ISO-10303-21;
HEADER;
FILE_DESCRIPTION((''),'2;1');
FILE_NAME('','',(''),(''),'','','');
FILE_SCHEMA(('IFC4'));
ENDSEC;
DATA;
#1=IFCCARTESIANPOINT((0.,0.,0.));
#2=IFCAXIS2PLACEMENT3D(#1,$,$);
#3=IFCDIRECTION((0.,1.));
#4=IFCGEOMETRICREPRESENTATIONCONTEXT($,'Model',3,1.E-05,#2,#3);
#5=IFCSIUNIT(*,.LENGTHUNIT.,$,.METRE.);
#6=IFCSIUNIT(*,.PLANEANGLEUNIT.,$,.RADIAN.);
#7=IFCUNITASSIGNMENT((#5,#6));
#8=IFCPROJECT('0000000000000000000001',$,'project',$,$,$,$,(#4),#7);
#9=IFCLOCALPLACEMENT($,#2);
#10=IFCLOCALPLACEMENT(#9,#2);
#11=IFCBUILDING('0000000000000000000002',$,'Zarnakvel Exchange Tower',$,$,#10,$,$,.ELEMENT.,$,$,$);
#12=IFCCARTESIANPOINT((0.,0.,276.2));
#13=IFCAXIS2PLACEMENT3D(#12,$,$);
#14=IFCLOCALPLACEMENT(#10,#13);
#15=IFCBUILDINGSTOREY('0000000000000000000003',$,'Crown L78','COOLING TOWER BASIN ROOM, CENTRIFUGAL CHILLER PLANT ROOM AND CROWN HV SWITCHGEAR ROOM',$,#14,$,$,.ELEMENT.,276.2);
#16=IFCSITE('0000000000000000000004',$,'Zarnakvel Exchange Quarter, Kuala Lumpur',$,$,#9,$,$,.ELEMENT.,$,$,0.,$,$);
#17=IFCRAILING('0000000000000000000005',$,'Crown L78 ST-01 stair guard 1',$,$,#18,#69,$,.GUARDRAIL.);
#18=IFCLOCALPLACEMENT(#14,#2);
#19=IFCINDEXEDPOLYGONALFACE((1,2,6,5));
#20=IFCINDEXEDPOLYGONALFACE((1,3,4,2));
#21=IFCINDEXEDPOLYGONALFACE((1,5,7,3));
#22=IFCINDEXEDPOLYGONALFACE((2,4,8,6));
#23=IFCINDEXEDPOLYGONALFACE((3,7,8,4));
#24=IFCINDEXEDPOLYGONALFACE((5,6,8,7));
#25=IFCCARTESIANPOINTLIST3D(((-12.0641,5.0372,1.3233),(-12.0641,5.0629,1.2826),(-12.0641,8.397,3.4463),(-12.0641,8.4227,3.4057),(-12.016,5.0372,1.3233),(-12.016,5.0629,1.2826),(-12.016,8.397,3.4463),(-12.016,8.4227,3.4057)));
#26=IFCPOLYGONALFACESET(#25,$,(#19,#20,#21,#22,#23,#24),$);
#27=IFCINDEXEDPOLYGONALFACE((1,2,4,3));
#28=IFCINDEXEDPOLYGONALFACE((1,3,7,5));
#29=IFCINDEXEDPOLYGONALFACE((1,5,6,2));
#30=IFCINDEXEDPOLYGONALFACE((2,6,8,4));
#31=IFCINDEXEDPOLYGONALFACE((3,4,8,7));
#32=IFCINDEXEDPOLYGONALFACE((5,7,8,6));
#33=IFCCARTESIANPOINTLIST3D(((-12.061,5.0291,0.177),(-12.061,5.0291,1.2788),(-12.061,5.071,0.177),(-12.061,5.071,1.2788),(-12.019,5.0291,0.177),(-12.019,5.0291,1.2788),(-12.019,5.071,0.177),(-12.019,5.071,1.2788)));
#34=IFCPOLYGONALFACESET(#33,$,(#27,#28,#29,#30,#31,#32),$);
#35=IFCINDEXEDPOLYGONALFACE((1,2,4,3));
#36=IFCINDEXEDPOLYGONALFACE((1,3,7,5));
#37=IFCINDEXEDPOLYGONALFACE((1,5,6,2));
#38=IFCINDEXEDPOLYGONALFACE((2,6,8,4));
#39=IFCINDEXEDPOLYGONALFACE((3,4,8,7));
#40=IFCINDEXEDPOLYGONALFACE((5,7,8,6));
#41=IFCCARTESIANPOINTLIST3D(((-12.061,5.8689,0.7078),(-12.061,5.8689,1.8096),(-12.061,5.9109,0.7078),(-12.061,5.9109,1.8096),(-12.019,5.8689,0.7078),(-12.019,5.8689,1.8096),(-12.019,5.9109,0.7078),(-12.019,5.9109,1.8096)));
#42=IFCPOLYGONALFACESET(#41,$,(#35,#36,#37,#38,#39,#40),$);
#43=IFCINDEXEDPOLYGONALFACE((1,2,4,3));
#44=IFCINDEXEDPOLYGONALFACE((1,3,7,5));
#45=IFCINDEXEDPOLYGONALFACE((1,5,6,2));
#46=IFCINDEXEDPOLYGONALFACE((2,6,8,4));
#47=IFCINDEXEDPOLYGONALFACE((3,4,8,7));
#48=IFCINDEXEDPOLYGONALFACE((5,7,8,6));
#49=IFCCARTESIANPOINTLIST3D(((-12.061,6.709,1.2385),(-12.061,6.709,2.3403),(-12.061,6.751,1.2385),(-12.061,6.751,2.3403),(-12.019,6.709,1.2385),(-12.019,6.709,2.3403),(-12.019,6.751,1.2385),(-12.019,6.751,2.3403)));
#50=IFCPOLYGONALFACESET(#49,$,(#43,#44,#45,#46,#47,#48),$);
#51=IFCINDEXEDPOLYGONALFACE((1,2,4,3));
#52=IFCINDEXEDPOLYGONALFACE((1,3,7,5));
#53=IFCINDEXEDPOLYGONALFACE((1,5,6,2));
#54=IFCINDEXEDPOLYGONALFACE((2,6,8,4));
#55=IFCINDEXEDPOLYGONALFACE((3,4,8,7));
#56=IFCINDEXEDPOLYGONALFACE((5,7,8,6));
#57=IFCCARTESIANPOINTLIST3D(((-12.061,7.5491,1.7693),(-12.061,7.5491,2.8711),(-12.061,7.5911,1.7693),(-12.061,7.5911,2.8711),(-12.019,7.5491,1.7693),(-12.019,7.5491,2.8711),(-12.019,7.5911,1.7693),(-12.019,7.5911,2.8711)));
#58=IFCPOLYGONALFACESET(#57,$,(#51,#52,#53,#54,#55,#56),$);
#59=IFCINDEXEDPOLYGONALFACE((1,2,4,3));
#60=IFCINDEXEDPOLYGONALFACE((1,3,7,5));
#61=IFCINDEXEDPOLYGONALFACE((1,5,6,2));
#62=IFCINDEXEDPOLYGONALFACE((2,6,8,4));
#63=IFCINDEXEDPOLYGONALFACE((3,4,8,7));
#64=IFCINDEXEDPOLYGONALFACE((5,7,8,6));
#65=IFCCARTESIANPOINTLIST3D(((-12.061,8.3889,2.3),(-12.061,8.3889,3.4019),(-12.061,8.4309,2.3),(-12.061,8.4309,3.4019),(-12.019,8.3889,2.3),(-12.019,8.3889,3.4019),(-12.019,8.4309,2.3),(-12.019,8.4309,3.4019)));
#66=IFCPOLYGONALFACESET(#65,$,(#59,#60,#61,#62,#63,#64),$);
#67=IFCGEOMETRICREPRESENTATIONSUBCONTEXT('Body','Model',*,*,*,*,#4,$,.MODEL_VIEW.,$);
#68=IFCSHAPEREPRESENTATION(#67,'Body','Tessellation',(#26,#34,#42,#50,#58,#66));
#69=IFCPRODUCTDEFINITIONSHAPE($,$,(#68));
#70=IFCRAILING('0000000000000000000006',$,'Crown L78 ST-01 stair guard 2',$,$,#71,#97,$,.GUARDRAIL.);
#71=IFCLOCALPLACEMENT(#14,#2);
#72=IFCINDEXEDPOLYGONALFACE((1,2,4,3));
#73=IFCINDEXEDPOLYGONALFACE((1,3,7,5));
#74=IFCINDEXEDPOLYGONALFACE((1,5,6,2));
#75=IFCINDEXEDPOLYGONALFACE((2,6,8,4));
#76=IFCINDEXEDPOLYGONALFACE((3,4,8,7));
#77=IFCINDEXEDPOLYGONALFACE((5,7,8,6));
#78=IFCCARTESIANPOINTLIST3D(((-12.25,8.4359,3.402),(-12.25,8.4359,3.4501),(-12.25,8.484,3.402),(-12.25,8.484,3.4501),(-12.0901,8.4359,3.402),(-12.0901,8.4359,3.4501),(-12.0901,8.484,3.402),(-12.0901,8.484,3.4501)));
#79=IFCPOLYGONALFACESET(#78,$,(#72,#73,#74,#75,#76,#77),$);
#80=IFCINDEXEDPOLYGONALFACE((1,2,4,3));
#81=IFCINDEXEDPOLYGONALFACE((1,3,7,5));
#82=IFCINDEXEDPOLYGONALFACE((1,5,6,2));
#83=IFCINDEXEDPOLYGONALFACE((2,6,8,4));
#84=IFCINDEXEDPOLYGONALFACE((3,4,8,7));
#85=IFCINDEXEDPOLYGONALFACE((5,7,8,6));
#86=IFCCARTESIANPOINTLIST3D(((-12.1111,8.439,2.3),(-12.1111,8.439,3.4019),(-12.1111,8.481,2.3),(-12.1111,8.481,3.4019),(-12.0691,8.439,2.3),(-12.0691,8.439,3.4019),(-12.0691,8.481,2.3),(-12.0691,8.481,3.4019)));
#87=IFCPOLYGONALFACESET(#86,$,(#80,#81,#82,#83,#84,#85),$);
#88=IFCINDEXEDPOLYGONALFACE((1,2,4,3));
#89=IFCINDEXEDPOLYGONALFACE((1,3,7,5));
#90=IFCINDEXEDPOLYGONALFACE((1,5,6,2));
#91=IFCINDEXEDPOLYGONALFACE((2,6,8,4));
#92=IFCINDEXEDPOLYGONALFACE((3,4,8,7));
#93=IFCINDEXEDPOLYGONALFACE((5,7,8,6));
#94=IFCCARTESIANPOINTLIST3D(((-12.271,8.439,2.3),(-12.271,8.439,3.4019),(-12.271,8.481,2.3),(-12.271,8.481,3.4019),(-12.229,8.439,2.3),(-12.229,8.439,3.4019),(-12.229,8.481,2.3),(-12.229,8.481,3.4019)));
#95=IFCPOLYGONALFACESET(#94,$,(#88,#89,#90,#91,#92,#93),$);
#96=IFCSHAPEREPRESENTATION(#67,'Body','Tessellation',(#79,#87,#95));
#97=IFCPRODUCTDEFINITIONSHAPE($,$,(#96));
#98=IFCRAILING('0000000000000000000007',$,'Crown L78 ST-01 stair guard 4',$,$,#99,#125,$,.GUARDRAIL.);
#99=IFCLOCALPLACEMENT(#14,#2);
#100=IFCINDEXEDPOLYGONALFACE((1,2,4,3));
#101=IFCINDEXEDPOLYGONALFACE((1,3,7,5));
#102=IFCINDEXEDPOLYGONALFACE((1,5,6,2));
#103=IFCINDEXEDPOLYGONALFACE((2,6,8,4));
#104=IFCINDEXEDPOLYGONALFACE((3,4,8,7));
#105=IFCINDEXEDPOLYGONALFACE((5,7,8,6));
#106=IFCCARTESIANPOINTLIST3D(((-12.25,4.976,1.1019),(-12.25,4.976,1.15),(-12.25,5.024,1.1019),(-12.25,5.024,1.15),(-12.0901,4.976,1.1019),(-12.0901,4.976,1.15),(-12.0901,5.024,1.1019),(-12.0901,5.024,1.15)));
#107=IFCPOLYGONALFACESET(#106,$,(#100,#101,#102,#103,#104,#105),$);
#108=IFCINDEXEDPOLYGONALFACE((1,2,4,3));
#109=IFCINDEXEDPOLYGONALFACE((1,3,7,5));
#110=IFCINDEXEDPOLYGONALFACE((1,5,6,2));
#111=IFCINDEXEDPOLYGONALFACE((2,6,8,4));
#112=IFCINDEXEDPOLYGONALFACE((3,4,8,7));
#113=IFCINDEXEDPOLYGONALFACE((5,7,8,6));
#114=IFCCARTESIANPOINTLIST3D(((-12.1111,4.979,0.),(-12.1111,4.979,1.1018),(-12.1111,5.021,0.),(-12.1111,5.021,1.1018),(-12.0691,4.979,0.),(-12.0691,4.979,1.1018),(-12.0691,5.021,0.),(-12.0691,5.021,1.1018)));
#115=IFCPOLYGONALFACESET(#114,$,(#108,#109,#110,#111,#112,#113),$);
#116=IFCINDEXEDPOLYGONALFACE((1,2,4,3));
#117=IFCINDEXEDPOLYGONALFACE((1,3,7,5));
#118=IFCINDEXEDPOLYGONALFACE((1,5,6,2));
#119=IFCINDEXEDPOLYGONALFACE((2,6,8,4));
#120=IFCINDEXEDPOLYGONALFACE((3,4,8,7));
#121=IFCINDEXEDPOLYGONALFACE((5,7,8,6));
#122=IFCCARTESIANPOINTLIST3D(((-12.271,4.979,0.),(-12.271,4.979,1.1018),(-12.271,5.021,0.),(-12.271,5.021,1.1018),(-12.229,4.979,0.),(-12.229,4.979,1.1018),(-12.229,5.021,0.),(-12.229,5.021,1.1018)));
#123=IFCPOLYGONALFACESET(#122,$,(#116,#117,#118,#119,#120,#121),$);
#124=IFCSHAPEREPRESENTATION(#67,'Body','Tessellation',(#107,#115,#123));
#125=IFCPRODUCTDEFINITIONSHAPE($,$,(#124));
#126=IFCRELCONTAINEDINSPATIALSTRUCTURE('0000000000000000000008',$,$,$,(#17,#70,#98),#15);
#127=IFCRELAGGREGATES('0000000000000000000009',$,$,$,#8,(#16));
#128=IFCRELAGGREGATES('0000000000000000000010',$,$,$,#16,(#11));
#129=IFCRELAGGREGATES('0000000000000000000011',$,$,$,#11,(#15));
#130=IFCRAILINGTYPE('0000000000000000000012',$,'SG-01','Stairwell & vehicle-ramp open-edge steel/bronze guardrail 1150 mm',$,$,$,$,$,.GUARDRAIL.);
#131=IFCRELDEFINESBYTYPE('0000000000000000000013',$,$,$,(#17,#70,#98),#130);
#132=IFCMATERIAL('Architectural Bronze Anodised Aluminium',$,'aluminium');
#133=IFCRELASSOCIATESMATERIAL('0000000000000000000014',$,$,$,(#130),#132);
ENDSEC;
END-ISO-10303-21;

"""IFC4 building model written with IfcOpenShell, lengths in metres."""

from ifc_helpers import new_model, si_unit, direction, frame, origin, origin_2d, place, context, subcontext, project, spatial, rectangle, extrude, material, type_object, element, save


model = new_model("IFC4")

# Units and contexts
model_context = context("Model", 3, precision=1e-05, world=origin(), true_north=direction((0.0, 1.0)))
body_context = subcontext(model_context, "Body", "Model", "MODEL_VIEW")
ifc_project = project(units=[si_unit("LENGTHUNIT", "METRE"), si_unit("PLANEANGLEUNIT", "RADIAN")], contexts=[model_context])

# Site, building, storey
site_placement = place(None, origin())
site = spatial("IfcSite", under=ifc_project, at=site_placement, Name="Zarnakvel Exchange Quarter, Kuala Lumpur", CompositionType="ELEMENT", RefElevation=0.0)
building_placement = place(site_placement, origin())
building = spatial("IfcBuilding", under=site, at=building_placement, Name="Zarnakvel Exchange Tower", CompositionType="ELEMENT")
storey_placement = place(building_placement, frame((0.0, 0.0, 276.2)))
storey = spatial("IfcBuildingStorey", under=building, at=storey_placement, Name="Crown L78", Description="COOLING TOWER BASIN ROOM, CENTRIFUGAL CHILLER PLANT ROOM AND CROWN HV SWITCHGEAR ROOM", CompositionType="ELEMENT", Elevation=276.2)

# Railings
ifc_material_1 = material(Name="Architectural Bronze Anodised Aluminium", Category="aluminium")
railing_type_1 = type_object("IfcRailingType", Name="SG-01", Description="Stairwell & vehicle-ramp open-edge steel/bronze guardrail 1150 mm", PredefinedType="GUARDRAIL", material=ifc_material_1)
railing_1_placement = place(storey_placement, frame((-12.04, 5.05, 0.177)))
element("IfcRailing", 1, at=railing_1_placement, inside=storey, type_object=railing_type_1, Name="Crown L78 ST-01 stair guard 1", PredefinedType="GUARDRAIL", context=body_context, shape_type="SweptSolid", body=[
    extrude(rectangle(XDim=0.0481, YDim=0.0481, at=origin_2d()), frame((0.0, 0.0, 1.126), z_axis=(0.0, 0.845372, 0.534178), x_axis=(-1.0, 0.0, 0.0)), (0.0, 0.0, 1.0), 3.9744),
    extrude(rectangle(XDim=0.042, YDim=0.042, at=origin_2d()), origin(), (0.0, 0.0, 1.0), 1.1018),
    extrude(rectangle(XDim=0.042, YDim=0.042, at=origin_2d()), frame((0.0, 0.8398, 0.5308)), (0.0, 0.0, 1.0), 1.1018),
    extrude(rectangle(XDim=0.042, YDim=0.042, at=origin_2d()), frame((0.0, 1.6799, 1.0615)), (0.0, 0.0, 1.0), 1.1018),
    extrude(rectangle(XDim=0.042, YDim=0.042, at=origin_2d()), frame((0.0, 2.52, 1.5923)), (0.0, 0.0, 1.0), 1.1018),
    extrude(rectangle(XDim=0.042, YDim=0.042, at=origin_2d()), frame((0.0, 3.3599, 2.123)), (0.0, 0.0, 1.0), 1.1018),
])
for number, where, name in (
    (2, (-12.0901, 8.46, 2.3), "Crown L78 ST-01 stair guard 2"),
    (3, (-12.0901, 5.0, 0.0), "Crown L78 ST-01 stair guard 4"),
):
    element("IfcRailing", number, at=place(storey_placement, frame(where)), inside=storey, type_object=railing_type_1, Name=name, PredefinedType="GUARDRAIL", context=body_context, shape_type="SweptSolid", body=[
        extrude(rectangle(XDim=0.0481, YDim=0.0481, at=origin_2d()), frame((0.0, 0.0, 1.126), z_axis=(-1.0, 0.0, 0.0), x_axis=(0.0, -1.0, 0.0)), (0.0, 0.0, 1.0), 0.1599),
        extrude(rectangle(XDim=0.042, YDim=0.042, at=origin_2d()), origin(), (0.0, 0.0, 1.0), 1.1018),
        extrude(rectangle(XDim=0.042, YDim=0.042, at=origin_2d()), frame((-0.1599, 0.0, 0.0)), (0.0, 0.0, 1.0), 1.1018),
    ])

save(model, "model.ifc")
